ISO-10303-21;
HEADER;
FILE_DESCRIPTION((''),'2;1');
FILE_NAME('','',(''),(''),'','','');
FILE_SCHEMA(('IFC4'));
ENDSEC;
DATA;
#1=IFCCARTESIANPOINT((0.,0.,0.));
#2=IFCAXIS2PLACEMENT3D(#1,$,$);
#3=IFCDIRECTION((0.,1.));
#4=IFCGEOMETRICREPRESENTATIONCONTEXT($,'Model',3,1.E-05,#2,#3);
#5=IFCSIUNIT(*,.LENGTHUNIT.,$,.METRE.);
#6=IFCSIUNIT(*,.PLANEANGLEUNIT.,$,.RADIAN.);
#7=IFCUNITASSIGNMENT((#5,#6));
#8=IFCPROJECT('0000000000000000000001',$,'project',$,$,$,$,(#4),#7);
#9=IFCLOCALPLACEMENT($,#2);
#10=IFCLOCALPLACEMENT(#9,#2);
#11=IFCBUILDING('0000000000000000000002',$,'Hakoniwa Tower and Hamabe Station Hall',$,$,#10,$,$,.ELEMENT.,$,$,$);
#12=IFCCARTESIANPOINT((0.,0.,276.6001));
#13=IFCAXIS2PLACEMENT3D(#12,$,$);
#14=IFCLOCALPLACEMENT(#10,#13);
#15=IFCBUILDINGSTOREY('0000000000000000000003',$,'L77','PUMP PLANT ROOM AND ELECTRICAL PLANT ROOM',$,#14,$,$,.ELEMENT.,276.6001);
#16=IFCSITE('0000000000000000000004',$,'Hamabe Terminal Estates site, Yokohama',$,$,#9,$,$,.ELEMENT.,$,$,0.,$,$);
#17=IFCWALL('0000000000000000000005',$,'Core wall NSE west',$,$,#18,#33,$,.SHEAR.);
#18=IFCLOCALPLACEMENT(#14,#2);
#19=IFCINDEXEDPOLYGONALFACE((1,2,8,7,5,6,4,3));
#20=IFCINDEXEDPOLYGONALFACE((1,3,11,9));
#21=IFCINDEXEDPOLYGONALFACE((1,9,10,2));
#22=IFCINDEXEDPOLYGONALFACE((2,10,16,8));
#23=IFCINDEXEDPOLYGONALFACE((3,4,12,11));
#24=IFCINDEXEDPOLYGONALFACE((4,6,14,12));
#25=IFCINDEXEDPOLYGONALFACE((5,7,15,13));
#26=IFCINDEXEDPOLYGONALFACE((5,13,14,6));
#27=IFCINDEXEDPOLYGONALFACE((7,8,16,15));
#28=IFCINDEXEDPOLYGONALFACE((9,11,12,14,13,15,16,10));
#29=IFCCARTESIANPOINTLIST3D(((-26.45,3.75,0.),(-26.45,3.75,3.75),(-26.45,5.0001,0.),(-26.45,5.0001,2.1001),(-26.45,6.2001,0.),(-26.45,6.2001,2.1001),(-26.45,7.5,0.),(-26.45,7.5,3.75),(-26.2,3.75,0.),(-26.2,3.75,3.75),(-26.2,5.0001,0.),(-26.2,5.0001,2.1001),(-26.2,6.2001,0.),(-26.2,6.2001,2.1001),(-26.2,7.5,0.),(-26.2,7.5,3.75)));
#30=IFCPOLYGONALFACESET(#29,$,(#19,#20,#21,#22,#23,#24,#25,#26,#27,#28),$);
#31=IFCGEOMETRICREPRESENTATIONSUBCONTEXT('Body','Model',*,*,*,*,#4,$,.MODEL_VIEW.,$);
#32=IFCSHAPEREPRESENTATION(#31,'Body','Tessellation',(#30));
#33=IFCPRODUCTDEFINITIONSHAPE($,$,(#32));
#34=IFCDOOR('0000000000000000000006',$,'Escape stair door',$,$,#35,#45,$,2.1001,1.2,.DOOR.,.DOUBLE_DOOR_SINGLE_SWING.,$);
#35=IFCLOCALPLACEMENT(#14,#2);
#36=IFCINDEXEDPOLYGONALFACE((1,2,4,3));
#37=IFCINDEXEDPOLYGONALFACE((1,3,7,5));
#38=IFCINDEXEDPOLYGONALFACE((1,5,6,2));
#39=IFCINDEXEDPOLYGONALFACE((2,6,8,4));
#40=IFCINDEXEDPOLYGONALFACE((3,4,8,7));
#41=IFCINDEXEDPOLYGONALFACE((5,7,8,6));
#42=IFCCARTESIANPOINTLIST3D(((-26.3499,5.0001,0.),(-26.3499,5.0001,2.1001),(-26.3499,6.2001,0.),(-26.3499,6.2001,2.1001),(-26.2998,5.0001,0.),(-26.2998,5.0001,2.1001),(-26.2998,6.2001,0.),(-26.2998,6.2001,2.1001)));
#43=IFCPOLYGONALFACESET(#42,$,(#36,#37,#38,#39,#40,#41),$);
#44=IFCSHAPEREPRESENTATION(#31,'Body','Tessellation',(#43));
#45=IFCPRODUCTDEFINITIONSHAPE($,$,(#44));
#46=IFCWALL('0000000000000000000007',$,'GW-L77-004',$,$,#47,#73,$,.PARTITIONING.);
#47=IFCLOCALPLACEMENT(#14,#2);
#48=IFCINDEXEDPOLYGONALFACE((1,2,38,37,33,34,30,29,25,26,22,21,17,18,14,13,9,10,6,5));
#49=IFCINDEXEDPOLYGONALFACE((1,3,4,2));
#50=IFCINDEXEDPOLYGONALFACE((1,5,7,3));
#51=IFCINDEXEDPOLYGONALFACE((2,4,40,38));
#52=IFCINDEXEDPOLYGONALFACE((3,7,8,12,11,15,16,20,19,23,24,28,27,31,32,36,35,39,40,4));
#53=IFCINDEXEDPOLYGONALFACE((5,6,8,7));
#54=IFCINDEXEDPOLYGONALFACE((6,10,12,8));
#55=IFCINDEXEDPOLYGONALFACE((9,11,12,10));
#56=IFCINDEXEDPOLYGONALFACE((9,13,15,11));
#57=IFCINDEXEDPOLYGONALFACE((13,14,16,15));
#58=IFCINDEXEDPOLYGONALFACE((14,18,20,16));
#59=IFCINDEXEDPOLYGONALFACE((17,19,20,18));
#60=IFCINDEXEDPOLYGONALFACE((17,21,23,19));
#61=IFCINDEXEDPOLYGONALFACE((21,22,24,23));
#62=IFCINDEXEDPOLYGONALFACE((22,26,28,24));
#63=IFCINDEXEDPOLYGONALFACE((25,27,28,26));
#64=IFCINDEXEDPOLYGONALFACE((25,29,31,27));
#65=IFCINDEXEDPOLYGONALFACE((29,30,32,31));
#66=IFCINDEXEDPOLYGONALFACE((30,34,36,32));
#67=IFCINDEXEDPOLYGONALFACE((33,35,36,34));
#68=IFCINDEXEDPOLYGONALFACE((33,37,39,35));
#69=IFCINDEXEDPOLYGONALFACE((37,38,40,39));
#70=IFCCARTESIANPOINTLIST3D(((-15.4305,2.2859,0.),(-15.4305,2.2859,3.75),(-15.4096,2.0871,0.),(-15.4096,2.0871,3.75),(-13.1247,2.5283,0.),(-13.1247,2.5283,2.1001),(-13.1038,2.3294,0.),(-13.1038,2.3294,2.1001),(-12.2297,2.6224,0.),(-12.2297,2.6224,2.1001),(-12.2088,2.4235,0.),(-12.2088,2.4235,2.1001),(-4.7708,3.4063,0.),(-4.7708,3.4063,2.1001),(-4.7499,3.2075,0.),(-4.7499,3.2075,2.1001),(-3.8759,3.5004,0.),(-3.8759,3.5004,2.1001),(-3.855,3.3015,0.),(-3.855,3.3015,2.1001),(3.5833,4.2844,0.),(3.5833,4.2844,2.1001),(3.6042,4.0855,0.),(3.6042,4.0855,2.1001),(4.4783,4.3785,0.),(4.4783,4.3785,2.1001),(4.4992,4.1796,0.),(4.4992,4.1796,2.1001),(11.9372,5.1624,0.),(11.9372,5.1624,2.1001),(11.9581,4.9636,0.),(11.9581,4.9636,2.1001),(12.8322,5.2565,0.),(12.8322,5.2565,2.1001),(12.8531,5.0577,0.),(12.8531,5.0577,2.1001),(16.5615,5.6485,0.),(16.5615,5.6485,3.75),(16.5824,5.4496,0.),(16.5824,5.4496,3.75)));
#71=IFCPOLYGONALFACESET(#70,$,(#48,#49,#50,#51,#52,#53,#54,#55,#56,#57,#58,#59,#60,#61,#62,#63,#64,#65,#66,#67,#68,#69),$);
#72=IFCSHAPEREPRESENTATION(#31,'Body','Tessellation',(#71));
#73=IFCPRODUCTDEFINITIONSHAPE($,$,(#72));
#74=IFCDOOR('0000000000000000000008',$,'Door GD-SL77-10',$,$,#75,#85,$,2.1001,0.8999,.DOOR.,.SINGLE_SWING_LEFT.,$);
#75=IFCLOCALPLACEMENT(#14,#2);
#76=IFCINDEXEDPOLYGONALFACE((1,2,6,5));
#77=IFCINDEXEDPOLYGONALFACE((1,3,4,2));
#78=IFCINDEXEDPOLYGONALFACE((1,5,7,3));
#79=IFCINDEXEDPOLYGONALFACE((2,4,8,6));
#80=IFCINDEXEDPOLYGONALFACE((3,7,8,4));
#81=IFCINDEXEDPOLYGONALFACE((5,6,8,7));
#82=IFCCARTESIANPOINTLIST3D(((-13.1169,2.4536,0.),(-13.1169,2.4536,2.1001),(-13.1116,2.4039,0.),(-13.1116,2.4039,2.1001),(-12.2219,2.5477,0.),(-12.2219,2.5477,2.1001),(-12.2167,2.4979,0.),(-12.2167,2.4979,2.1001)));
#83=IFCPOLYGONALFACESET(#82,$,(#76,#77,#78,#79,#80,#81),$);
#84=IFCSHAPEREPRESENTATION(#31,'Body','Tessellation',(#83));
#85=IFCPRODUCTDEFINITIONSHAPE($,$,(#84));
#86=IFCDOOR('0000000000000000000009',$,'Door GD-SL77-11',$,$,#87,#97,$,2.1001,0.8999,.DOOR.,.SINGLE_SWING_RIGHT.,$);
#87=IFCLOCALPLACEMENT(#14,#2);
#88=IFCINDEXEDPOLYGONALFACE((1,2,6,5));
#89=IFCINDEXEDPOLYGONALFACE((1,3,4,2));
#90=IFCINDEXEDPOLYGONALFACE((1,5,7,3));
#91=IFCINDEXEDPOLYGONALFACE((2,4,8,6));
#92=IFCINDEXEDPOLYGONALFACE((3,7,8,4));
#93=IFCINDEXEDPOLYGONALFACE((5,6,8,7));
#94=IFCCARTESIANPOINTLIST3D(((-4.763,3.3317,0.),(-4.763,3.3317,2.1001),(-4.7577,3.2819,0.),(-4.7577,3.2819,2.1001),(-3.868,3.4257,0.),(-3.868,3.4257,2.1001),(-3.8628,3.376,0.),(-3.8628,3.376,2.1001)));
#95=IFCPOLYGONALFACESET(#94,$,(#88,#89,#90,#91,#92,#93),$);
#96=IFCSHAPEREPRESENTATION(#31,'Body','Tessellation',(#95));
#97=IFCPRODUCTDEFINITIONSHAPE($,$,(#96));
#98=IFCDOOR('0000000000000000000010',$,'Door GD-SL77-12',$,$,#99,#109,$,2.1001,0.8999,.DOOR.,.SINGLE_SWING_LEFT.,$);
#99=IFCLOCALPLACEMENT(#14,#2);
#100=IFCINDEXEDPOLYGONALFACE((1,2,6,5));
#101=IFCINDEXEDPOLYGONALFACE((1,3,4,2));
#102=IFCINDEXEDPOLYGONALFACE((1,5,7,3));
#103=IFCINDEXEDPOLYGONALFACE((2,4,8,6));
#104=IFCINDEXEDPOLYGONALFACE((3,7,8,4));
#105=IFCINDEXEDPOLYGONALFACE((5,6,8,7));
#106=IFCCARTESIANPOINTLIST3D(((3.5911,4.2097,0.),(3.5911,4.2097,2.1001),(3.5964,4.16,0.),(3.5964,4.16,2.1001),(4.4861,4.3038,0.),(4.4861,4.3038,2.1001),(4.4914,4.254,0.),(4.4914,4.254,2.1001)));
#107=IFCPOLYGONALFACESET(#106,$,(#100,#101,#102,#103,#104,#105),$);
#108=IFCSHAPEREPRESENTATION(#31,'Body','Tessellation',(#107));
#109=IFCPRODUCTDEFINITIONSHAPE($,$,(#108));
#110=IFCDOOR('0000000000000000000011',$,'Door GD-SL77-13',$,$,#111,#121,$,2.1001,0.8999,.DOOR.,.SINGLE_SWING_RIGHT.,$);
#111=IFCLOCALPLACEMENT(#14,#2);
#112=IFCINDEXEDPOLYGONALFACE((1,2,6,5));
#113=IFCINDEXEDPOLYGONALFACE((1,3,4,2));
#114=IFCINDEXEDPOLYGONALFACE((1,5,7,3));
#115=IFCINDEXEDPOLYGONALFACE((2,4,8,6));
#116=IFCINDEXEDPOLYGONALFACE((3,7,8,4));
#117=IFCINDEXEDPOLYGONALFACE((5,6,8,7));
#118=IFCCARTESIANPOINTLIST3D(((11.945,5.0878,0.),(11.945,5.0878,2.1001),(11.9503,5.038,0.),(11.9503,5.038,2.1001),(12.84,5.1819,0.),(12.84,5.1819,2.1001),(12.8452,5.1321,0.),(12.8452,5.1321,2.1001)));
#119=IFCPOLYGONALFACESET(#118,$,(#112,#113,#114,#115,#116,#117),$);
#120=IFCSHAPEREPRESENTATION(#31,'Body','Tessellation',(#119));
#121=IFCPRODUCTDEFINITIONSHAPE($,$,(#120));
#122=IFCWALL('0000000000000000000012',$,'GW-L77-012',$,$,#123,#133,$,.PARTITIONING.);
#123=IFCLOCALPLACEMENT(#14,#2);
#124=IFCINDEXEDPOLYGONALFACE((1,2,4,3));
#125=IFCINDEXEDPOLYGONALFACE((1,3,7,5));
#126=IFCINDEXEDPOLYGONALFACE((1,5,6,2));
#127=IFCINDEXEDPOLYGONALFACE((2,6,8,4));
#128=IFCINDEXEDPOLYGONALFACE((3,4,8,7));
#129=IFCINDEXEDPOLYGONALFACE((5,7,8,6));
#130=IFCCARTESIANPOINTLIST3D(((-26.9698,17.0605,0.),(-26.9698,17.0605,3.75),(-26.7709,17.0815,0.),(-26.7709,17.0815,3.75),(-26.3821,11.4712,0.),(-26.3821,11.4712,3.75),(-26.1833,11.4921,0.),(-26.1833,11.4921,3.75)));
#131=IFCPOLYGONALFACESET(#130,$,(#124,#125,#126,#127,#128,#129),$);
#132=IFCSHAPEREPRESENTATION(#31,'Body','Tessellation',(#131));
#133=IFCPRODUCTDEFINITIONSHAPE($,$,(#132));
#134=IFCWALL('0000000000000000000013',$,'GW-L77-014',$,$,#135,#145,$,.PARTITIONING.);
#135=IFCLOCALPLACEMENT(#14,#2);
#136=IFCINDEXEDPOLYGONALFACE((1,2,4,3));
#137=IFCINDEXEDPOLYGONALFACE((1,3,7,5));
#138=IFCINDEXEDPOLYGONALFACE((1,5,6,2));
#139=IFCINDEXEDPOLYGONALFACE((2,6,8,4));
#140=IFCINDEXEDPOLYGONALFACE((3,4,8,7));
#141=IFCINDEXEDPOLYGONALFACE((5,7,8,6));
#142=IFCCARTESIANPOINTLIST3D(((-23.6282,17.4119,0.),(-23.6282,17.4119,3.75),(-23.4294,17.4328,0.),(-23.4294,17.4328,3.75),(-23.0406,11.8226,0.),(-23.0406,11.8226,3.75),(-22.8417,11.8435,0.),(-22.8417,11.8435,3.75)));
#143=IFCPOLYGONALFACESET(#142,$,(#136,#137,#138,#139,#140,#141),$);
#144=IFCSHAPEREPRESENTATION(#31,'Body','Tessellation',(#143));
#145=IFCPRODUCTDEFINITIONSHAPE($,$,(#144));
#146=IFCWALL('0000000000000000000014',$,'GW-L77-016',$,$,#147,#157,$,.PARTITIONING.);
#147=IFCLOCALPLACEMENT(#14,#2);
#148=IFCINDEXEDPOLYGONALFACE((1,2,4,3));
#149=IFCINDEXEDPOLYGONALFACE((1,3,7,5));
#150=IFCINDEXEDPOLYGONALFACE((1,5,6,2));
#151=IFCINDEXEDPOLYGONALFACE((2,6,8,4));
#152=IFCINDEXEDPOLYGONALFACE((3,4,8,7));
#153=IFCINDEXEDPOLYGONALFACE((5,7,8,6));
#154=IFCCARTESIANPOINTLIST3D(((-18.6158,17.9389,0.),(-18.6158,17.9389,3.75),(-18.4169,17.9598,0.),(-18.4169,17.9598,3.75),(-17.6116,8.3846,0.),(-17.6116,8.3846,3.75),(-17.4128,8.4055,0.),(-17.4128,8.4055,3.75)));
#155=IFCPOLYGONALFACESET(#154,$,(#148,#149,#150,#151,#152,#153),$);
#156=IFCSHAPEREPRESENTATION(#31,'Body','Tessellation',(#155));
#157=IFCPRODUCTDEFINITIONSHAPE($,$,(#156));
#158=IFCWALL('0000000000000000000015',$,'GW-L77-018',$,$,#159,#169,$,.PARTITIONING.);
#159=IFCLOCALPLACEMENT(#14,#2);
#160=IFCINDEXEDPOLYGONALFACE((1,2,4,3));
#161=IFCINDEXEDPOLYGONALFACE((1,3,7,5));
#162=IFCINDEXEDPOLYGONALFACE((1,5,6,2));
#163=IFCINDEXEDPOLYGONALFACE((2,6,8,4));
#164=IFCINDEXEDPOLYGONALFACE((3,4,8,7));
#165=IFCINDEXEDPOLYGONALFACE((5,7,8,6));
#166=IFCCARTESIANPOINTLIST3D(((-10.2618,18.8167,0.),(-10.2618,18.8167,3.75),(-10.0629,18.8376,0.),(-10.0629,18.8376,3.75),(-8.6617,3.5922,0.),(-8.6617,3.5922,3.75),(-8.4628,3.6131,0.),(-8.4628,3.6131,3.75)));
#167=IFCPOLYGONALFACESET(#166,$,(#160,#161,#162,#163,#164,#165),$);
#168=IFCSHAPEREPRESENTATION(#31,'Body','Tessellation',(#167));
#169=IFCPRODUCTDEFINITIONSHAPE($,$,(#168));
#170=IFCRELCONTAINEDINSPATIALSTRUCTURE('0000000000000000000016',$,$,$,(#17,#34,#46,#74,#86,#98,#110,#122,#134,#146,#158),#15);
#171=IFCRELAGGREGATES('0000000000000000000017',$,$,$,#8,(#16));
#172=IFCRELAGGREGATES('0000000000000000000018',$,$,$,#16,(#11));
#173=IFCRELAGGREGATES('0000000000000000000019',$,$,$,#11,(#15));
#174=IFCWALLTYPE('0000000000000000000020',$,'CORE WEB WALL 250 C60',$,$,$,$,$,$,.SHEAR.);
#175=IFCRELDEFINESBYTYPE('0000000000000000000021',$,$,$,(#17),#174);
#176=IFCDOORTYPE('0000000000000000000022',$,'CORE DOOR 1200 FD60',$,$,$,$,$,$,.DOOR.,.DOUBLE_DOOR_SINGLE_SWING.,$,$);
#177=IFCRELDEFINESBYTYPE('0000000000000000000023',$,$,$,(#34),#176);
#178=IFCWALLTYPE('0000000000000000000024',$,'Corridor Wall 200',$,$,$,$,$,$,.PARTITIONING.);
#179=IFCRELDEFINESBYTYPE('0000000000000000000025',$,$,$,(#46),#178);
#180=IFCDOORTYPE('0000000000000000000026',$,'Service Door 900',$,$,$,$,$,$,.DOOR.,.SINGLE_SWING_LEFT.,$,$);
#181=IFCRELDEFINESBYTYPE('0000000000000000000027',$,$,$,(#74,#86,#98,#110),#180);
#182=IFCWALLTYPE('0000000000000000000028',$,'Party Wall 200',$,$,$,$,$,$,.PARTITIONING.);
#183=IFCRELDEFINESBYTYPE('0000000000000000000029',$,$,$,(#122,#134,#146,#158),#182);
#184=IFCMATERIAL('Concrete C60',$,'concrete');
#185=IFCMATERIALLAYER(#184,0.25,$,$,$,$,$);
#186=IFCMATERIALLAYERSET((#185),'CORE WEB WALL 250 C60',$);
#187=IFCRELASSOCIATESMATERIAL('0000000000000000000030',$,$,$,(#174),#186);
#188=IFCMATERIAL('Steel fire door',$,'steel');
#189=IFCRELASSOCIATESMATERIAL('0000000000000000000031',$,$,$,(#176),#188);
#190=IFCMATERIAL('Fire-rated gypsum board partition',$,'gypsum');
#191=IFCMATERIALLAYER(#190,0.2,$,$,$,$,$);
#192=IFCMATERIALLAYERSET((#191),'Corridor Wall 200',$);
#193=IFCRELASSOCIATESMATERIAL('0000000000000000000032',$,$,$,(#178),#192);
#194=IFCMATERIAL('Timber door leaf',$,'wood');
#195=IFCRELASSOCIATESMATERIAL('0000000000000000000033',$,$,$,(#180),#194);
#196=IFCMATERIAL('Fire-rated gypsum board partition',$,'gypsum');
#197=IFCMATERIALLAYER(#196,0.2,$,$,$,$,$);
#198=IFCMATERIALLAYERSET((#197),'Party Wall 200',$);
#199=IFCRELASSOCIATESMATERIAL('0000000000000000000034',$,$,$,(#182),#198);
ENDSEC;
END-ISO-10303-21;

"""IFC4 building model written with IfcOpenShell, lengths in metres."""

from ifc_helpers import new_model, si_unit, direction, frame, frame_2d, origin, place, context, subcontext, project, spatial, rectangle, extrude, material, layer, layer_set, type_object, element, fill, save


model = new_model("IFC4")

# Units and contexts
model_context = context("Model", 3, precision=1e-05, world=origin(), true_north=direction((0.0, 1.0)))
body_context = subcontext(model_context, "Body", "Model", "MODEL_VIEW")
ifc_project = project(units=[si_unit("LENGTHUNIT", "METRE"), si_unit("PLANEANGLEUNIT", "RADIAN")], contexts=[model_context])

# Site, building, storey
site_placement = place(None, origin())
site = spatial("IfcSite", under=ifc_project, at=site_placement, Name="Hamabe Terminal Estates site, Yokohama", CompositionType="ELEMENT", RefElevation=0.0)
building_placement = place(site_placement, origin())
building = spatial("IfcBuilding", under=site, at=building_placement, Name="Hakoniwa Tower and Hamabe Station Hall", CompositionType="ELEMENT")
storey_placement = place(building_placement, frame((0.0, 0.0, 276.6001)))
storey = spatial("IfcBuildingStorey", under=building, at=storey_placement, Name="L77", Description="PUMP PLANT ROOM AND ELECTRICAL PLANT ROOM", CompositionType="ELEMENT", Elevation=276.6001)

# Shared definitions
ifc_material_1 = material(Name="Concrete C60", Category="concrete")
ifc_layer_1 = layer(ifc_material_1, 0.25)
ifc_layer_set_1 = layer_set([ifc_layer_1], Name="CORE WEB WALL 250 C60")
wall_type_1 = type_object("IfcWallType", Name="CORE WEB WALL 250 C60", PredefinedType="SHEAR", material=ifc_layer_set_1)

# Wall, opening, door
wall_1_placement = place(storey_placement, frame((-26.325, 3.75, 0.0), z_axis=(0.0, 0.0, 1.0), x_axis=(0.0, 1.0, 0.0)))
wall_1 = element("IfcWall", 1, at=wall_1_placement, inside=storey, type_object=wall_type_1, Name="Core wall NSE west", PredefinedType="SHEAR", context=body_context, shape_type="SweptSolid", body=[
    extrude(rectangle(XDim=3.75, YDim=0.25, at=frame_2d((1.875, 0.0))), origin(), (0.0, 0.0, 1.0), 3.75),
])
opening_1_placement = place(wall_1_placement, frame((1.25, 0.0, 0.0)))
opening_1 = element("IfcOpeningElement", 2, at=opening_1_placement, cuts=wall_1, PredefinedType="OPENING", context=body_context, shape_type="SweptSolid", body=[
    extrude(rectangle(XDim=1.2, YDim=2.1001, at=frame_2d((0.6001, 1.05))), frame((0.0, 0.135, 0.0), z_axis=(0.0, -1.0, 0.0), x_axis=(1.0, 0.0, 0.0)), (0.0, 0.0, 1.0), 0.27),
])
ifc_material_2 = material(Name="Steel fire door", Category="steel")
door_type_1 = type_object("IfcDoorType", Name="CORE DOOR 1200 FD60", OperationType="DOUBLE_DOOR_SINGLE_SWING", PredefinedType="DOOR", material=ifc_material_2)
door_1_placement = place(opening_1_placement, origin())
door_1 = element("IfcDoor", 3, at=door_1_placement, inside=storey, type_object=door_type_1, Name="Escape stair door", OperationType="DOUBLE_DOOR_SINGLE_SWING", OverallHeight=2.1001, OverallWidth=1.2, PredefinedType="DOOR", context=body_context, shape_type="SweptSolid", body=[
    extrude(rectangle(XDim=1.2, YDim=2.1001, at=frame_2d((0.6001, 1.05))), frame((0.0, 0.0249, 0.0), z_axis=(0.0, -1.0, 0.0), x_axis=(1.0, 0.0, 0.0)), (0.0, 0.0, 1.0), 0.05),
])
fill(opening_1, door_1)

# Wall, openings, doors
ifc_material_3 = material(Name="Fire-rated gypsum board partition", Category="gypsum")
ifc_layer_2 = layer(ifc_material_3, 0.2)
ifc_layer_set_2 = layer_set([ifc_layer_2], Name="Corridor Wall 200")
wall_type_2 = type_object("IfcWallType", Name="Corridor Wall 200", PredefinedType="PARTITIONING", material=ifc_layer_set_2)
wall_2_placement = place(storey_placement, frame((-15.4199, 2.1865, 0.0), z_axis=(0.0, 0.0, 1.0), x_axis=(0.994522, 0.10453, 0.0)))
wall_2 = element("IfcWall", 4, at=wall_2_placement, inside=storey, type_object=wall_type_2, Name="GW-L77-004", PredefinedType="PARTITIONING", context=body_context, shape_type="SweptSolid", body=[
    extrude(rectangle(XDim=32.1682, YDim=0.2, at=frame_2d((16.084, 0.0))), origin(), (0.0, 0.0, 1.0), 3.75),
])
opening_2_placement = place(wall_2_placement, frame((2.3184, 0.0, 0.0)))
opening_2 = element("IfcOpeningElement", 5, at=opening_2_placement, cuts=wall_2, PredefinedType="OPENING", context=body_context, shape_type="SweptSolid", body=[
    extrude(rectangle(XDim=0.8999, YDim=2.1001, at=frame_2d((0.45, 1.05))), frame((0.0, 0.1099, 0.0), z_axis=(0.0, -1.0, 0.0), x_axis=(1.0, 0.0, 0.0)), (0.0, 0.0, 1.0), 0.22),
])
opening_3_placement = place(wall_2_placement, frame((10.7183, 0.0, 0.0)))
opening_3 = element("IfcOpeningElement", 6, at=opening_3_placement, cuts=wall_2, PredefinedType="OPENING", context=body_context, shape_type="SweptSolid", body=[
    extrude(rectangle(XDim=0.8999, YDim=2.1001, at=frame_2d((0.45, 1.05))), frame((0.0, 0.1099, 0.0), z_axis=(0.0, -1.0, 0.0), x_axis=(1.0, 0.0, 0.0)), (0.0, 0.0, 1.0), 0.22),
])
opening_4_placement = place(wall_2_placement, frame((19.1184, 0.0, 0.0)))
opening_4 = element("IfcOpeningElement", 7, at=opening_4_placement, cuts=wall_2, PredefinedType="OPENING", context=body_context, shape_type="SweptSolid", body=[
    extrude(rectangle(XDim=0.8999, YDim=2.1001, at=frame_2d((0.45, 1.05))), frame((0.0, 0.1099, 0.0), z_axis=(0.0, -1.0, 0.0), x_axis=(1.0, 0.0, 0.0)), (0.0, 0.0, 1.0), 0.22),
])
opening_5_placement = place(wall_2_placement, frame((27.5183, 0.0, 0.0)))
opening_5 = element("IfcOpeningElement", 8, at=opening_5_placement, cuts=wall_2, PredefinedType="OPENING", context=body_context, shape_type="SweptSolid", body=[
    extrude(rectangle(XDim=0.8999, YDim=2.1001, at=frame_2d((0.45, 1.05))), frame((0.0, 0.1099, 0.0), z_axis=(0.0, -1.0, 0.0), x_axis=(1.0, 0.0, 0.0)), (0.0, 0.0, 1.0), 0.22),
])
ifc_material_4 = material(Name="Timber door leaf", Category="wood")
door_type_2 = type_object("IfcDoorType", Name="Service Door 900", OperationType="SINGLE_SWING_LEFT", PredefinedType="DOOR", material=ifc_material_4)
door_2_placement = place(opening_2_placement, origin())
door_2 = element("IfcDoor", 9, at=door_2_placement, inside=storey, type_object=door_type_2, Name="Door GD-SL77-10", OperationType="SINGLE_SWING_LEFT", OverallHeight=2.1001, OverallWidth=0.8999, PredefinedType="DOOR", context=body_context, shape_type="SweptSolid", body=[
    extrude(rectangle(XDim=0.8999, YDim=2.1001, at=frame_2d((0.45, 1.05))), frame((0.0, 0.0249, 0.0), z_axis=(0.0, -1.0, 0.0), x_axis=(1.0, 0.0, 0.0)), (0.0, 0.0, 1.0), 0.05),
])
fill(opening_2, door_2)
door_3_placement = place(opening_3_placement, origin())
door_3 = element("IfcDoor", 10, at=door_3_placement, inside=storey, type_object=door_type_2, Name="Door GD-SL77-11", OperationType="SINGLE_SWING_RIGHT", OverallHeight=2.1001, OverallWidth=0.8999, PredefinedType="DOOR", context=body_context, shape_type="SweptSolid", body=[
    extrude(rectangle(XDim=0.8999, YDim=2.1001, at=frame_2d((0.45, 1.05))), frame((0.0, 0.0249, 0.0), z_axis=(0.0, -1.0, 0.0), x_axis=(1.0, 0.0, 0.0)), (0.0, 0.0, 1.0), 0.05),
])
fill(opening_3, door_3)
door_4_placement = place(opening_4_placement, origin())
door_4 = element("IfcDoor", 11, at=door_4_placement, inside=storey, type_object=door_type_2, Name="Door GD-SL77-12", OperationType="SINGLE_SWING_LEFT", OverallHeight=2.1001, OverallWidth=0.8999, PredefinedType="DOOR", context=body_context, shape_type="SweptSolid", body=[
    extrude(rectangle(XDim=0.8999, YDim=2.1001, at=frame_2d((0.45, 1.05))), frame((0.0, 0.0249, 0.0), z_axis=(0.0, -1.0, 0.0), x_axis=(1.0, 0.0, 0.0)), (0.0, 0.0, 1.0), 0.05),
])
fill(opening_4, door_4)
door_5_placement = place(opening_5_placement, origin())
door_5 = element("IfcDoor", 12, at=door_5_placement, inside=storey, type_object=door_type_2, Name="Door GD-SL77-13", OperationType="SINGLE_SWING_RIGHT", OverallHeight=2.1001, OverallWidth=0.8999, PredefinedType="DOOR", context=body_context, shape_type="SweptSolid", body=[
    extrude(rectangle(XDim=0.8999, YDim=2.1001, at=frame_2d((0.45, 1.05))), frame((0.0, 0.0249, 0.0), z_axis=(0.0, -1.0, 0.0), x_axis=(1.0, 0.0, 0.0)), (0.0, 0.0, 1.0), 0.05),
])
fill(opening_5, door_5)

# Walls
ifc_material_5 = material(Name="Fire-rated gypsum board partition", Category="gypsum")
ifc_layer_3 = layer(ifc_material_5, 0.2)
ifc_layer_set_3 = layer_set([ifc_layer_3], Name="Party Wall 200")
wall_type_3 = type_object("IfcWallType", Name="Party Wall 200", PredefinedType="PARTITIONING", material=ifc_layer_set_3)
for number, where, z_axis, x_axis, name in (
    (13, (-26.2827, 11.4817, 0.0), (0.0, 0.0, 1.0), (-0.10456, 0.994519, 0.0), "GW-L77-012"),
    (14, (-22.9412, 11.833, 0.0), (0.0, 0.0, 1.0), (-0.10456, 0.994519, 0.0), "GW-L77-014"),
):
    element("IfcWall", number, at=place(storey_placement, frame(where, z_axis=z_axis, x_axis=x_axis)), inside=storey, type_object=wall_type_3, Name=name, PredefinedType="PARTITIONING", context=body_context, shape_type="SweptSolid", body=[
        extrude(rectangle(XDim=5.6201, YDim=0.2, at=frame_2d((2.8101, 0.0))), origin(), (0.0, 0.0, 1.0), 3.75),
    ])
wall_3_placement = place(storey_placement, frame((-17.5122, 8.395, 0.0), z_axis=(0.0, 0.0, 1.0), x_axis=(-0.104525, 0.994522, 0.0)))
element("IfcWall", 15, at=wall_3_placement, inside=storey, type_object=wall_type_3, Name="GW-L77-016", PredefinedType="PARTITIONING", context=body_context, shape_type="SweptSolid", body=[
    extrude(rectangle(XDim=9.6069, YDim=0.2, at=frame_2d((4.8035, 0.0))), origin(), (0.0, 0.0, 1.0), 3.75),
])
wall_4_placement = place(storey_placement, frame((-8.5623, 3.6025, 0.0), z_axis=(0.0, 0.0, 1.0), x_axis=(-0.104524, 0.994522, 0.0)))
element("IfcWall", 16, at=wall_4_placement, inside=storey, type_object=wall_type_3, Name="GW-L77-018", PredefinedType="PARTITIONING", context=body_context, shape_type="SweptSolid", body=[
    extrude(rectangle(XDim=15.3083, YDim=0.2, at=frame_2d((7.6543, 0.0))), origin(), (0.0, 0.0, 1.0), 3.75),
])

save(model, "model.ifc")
